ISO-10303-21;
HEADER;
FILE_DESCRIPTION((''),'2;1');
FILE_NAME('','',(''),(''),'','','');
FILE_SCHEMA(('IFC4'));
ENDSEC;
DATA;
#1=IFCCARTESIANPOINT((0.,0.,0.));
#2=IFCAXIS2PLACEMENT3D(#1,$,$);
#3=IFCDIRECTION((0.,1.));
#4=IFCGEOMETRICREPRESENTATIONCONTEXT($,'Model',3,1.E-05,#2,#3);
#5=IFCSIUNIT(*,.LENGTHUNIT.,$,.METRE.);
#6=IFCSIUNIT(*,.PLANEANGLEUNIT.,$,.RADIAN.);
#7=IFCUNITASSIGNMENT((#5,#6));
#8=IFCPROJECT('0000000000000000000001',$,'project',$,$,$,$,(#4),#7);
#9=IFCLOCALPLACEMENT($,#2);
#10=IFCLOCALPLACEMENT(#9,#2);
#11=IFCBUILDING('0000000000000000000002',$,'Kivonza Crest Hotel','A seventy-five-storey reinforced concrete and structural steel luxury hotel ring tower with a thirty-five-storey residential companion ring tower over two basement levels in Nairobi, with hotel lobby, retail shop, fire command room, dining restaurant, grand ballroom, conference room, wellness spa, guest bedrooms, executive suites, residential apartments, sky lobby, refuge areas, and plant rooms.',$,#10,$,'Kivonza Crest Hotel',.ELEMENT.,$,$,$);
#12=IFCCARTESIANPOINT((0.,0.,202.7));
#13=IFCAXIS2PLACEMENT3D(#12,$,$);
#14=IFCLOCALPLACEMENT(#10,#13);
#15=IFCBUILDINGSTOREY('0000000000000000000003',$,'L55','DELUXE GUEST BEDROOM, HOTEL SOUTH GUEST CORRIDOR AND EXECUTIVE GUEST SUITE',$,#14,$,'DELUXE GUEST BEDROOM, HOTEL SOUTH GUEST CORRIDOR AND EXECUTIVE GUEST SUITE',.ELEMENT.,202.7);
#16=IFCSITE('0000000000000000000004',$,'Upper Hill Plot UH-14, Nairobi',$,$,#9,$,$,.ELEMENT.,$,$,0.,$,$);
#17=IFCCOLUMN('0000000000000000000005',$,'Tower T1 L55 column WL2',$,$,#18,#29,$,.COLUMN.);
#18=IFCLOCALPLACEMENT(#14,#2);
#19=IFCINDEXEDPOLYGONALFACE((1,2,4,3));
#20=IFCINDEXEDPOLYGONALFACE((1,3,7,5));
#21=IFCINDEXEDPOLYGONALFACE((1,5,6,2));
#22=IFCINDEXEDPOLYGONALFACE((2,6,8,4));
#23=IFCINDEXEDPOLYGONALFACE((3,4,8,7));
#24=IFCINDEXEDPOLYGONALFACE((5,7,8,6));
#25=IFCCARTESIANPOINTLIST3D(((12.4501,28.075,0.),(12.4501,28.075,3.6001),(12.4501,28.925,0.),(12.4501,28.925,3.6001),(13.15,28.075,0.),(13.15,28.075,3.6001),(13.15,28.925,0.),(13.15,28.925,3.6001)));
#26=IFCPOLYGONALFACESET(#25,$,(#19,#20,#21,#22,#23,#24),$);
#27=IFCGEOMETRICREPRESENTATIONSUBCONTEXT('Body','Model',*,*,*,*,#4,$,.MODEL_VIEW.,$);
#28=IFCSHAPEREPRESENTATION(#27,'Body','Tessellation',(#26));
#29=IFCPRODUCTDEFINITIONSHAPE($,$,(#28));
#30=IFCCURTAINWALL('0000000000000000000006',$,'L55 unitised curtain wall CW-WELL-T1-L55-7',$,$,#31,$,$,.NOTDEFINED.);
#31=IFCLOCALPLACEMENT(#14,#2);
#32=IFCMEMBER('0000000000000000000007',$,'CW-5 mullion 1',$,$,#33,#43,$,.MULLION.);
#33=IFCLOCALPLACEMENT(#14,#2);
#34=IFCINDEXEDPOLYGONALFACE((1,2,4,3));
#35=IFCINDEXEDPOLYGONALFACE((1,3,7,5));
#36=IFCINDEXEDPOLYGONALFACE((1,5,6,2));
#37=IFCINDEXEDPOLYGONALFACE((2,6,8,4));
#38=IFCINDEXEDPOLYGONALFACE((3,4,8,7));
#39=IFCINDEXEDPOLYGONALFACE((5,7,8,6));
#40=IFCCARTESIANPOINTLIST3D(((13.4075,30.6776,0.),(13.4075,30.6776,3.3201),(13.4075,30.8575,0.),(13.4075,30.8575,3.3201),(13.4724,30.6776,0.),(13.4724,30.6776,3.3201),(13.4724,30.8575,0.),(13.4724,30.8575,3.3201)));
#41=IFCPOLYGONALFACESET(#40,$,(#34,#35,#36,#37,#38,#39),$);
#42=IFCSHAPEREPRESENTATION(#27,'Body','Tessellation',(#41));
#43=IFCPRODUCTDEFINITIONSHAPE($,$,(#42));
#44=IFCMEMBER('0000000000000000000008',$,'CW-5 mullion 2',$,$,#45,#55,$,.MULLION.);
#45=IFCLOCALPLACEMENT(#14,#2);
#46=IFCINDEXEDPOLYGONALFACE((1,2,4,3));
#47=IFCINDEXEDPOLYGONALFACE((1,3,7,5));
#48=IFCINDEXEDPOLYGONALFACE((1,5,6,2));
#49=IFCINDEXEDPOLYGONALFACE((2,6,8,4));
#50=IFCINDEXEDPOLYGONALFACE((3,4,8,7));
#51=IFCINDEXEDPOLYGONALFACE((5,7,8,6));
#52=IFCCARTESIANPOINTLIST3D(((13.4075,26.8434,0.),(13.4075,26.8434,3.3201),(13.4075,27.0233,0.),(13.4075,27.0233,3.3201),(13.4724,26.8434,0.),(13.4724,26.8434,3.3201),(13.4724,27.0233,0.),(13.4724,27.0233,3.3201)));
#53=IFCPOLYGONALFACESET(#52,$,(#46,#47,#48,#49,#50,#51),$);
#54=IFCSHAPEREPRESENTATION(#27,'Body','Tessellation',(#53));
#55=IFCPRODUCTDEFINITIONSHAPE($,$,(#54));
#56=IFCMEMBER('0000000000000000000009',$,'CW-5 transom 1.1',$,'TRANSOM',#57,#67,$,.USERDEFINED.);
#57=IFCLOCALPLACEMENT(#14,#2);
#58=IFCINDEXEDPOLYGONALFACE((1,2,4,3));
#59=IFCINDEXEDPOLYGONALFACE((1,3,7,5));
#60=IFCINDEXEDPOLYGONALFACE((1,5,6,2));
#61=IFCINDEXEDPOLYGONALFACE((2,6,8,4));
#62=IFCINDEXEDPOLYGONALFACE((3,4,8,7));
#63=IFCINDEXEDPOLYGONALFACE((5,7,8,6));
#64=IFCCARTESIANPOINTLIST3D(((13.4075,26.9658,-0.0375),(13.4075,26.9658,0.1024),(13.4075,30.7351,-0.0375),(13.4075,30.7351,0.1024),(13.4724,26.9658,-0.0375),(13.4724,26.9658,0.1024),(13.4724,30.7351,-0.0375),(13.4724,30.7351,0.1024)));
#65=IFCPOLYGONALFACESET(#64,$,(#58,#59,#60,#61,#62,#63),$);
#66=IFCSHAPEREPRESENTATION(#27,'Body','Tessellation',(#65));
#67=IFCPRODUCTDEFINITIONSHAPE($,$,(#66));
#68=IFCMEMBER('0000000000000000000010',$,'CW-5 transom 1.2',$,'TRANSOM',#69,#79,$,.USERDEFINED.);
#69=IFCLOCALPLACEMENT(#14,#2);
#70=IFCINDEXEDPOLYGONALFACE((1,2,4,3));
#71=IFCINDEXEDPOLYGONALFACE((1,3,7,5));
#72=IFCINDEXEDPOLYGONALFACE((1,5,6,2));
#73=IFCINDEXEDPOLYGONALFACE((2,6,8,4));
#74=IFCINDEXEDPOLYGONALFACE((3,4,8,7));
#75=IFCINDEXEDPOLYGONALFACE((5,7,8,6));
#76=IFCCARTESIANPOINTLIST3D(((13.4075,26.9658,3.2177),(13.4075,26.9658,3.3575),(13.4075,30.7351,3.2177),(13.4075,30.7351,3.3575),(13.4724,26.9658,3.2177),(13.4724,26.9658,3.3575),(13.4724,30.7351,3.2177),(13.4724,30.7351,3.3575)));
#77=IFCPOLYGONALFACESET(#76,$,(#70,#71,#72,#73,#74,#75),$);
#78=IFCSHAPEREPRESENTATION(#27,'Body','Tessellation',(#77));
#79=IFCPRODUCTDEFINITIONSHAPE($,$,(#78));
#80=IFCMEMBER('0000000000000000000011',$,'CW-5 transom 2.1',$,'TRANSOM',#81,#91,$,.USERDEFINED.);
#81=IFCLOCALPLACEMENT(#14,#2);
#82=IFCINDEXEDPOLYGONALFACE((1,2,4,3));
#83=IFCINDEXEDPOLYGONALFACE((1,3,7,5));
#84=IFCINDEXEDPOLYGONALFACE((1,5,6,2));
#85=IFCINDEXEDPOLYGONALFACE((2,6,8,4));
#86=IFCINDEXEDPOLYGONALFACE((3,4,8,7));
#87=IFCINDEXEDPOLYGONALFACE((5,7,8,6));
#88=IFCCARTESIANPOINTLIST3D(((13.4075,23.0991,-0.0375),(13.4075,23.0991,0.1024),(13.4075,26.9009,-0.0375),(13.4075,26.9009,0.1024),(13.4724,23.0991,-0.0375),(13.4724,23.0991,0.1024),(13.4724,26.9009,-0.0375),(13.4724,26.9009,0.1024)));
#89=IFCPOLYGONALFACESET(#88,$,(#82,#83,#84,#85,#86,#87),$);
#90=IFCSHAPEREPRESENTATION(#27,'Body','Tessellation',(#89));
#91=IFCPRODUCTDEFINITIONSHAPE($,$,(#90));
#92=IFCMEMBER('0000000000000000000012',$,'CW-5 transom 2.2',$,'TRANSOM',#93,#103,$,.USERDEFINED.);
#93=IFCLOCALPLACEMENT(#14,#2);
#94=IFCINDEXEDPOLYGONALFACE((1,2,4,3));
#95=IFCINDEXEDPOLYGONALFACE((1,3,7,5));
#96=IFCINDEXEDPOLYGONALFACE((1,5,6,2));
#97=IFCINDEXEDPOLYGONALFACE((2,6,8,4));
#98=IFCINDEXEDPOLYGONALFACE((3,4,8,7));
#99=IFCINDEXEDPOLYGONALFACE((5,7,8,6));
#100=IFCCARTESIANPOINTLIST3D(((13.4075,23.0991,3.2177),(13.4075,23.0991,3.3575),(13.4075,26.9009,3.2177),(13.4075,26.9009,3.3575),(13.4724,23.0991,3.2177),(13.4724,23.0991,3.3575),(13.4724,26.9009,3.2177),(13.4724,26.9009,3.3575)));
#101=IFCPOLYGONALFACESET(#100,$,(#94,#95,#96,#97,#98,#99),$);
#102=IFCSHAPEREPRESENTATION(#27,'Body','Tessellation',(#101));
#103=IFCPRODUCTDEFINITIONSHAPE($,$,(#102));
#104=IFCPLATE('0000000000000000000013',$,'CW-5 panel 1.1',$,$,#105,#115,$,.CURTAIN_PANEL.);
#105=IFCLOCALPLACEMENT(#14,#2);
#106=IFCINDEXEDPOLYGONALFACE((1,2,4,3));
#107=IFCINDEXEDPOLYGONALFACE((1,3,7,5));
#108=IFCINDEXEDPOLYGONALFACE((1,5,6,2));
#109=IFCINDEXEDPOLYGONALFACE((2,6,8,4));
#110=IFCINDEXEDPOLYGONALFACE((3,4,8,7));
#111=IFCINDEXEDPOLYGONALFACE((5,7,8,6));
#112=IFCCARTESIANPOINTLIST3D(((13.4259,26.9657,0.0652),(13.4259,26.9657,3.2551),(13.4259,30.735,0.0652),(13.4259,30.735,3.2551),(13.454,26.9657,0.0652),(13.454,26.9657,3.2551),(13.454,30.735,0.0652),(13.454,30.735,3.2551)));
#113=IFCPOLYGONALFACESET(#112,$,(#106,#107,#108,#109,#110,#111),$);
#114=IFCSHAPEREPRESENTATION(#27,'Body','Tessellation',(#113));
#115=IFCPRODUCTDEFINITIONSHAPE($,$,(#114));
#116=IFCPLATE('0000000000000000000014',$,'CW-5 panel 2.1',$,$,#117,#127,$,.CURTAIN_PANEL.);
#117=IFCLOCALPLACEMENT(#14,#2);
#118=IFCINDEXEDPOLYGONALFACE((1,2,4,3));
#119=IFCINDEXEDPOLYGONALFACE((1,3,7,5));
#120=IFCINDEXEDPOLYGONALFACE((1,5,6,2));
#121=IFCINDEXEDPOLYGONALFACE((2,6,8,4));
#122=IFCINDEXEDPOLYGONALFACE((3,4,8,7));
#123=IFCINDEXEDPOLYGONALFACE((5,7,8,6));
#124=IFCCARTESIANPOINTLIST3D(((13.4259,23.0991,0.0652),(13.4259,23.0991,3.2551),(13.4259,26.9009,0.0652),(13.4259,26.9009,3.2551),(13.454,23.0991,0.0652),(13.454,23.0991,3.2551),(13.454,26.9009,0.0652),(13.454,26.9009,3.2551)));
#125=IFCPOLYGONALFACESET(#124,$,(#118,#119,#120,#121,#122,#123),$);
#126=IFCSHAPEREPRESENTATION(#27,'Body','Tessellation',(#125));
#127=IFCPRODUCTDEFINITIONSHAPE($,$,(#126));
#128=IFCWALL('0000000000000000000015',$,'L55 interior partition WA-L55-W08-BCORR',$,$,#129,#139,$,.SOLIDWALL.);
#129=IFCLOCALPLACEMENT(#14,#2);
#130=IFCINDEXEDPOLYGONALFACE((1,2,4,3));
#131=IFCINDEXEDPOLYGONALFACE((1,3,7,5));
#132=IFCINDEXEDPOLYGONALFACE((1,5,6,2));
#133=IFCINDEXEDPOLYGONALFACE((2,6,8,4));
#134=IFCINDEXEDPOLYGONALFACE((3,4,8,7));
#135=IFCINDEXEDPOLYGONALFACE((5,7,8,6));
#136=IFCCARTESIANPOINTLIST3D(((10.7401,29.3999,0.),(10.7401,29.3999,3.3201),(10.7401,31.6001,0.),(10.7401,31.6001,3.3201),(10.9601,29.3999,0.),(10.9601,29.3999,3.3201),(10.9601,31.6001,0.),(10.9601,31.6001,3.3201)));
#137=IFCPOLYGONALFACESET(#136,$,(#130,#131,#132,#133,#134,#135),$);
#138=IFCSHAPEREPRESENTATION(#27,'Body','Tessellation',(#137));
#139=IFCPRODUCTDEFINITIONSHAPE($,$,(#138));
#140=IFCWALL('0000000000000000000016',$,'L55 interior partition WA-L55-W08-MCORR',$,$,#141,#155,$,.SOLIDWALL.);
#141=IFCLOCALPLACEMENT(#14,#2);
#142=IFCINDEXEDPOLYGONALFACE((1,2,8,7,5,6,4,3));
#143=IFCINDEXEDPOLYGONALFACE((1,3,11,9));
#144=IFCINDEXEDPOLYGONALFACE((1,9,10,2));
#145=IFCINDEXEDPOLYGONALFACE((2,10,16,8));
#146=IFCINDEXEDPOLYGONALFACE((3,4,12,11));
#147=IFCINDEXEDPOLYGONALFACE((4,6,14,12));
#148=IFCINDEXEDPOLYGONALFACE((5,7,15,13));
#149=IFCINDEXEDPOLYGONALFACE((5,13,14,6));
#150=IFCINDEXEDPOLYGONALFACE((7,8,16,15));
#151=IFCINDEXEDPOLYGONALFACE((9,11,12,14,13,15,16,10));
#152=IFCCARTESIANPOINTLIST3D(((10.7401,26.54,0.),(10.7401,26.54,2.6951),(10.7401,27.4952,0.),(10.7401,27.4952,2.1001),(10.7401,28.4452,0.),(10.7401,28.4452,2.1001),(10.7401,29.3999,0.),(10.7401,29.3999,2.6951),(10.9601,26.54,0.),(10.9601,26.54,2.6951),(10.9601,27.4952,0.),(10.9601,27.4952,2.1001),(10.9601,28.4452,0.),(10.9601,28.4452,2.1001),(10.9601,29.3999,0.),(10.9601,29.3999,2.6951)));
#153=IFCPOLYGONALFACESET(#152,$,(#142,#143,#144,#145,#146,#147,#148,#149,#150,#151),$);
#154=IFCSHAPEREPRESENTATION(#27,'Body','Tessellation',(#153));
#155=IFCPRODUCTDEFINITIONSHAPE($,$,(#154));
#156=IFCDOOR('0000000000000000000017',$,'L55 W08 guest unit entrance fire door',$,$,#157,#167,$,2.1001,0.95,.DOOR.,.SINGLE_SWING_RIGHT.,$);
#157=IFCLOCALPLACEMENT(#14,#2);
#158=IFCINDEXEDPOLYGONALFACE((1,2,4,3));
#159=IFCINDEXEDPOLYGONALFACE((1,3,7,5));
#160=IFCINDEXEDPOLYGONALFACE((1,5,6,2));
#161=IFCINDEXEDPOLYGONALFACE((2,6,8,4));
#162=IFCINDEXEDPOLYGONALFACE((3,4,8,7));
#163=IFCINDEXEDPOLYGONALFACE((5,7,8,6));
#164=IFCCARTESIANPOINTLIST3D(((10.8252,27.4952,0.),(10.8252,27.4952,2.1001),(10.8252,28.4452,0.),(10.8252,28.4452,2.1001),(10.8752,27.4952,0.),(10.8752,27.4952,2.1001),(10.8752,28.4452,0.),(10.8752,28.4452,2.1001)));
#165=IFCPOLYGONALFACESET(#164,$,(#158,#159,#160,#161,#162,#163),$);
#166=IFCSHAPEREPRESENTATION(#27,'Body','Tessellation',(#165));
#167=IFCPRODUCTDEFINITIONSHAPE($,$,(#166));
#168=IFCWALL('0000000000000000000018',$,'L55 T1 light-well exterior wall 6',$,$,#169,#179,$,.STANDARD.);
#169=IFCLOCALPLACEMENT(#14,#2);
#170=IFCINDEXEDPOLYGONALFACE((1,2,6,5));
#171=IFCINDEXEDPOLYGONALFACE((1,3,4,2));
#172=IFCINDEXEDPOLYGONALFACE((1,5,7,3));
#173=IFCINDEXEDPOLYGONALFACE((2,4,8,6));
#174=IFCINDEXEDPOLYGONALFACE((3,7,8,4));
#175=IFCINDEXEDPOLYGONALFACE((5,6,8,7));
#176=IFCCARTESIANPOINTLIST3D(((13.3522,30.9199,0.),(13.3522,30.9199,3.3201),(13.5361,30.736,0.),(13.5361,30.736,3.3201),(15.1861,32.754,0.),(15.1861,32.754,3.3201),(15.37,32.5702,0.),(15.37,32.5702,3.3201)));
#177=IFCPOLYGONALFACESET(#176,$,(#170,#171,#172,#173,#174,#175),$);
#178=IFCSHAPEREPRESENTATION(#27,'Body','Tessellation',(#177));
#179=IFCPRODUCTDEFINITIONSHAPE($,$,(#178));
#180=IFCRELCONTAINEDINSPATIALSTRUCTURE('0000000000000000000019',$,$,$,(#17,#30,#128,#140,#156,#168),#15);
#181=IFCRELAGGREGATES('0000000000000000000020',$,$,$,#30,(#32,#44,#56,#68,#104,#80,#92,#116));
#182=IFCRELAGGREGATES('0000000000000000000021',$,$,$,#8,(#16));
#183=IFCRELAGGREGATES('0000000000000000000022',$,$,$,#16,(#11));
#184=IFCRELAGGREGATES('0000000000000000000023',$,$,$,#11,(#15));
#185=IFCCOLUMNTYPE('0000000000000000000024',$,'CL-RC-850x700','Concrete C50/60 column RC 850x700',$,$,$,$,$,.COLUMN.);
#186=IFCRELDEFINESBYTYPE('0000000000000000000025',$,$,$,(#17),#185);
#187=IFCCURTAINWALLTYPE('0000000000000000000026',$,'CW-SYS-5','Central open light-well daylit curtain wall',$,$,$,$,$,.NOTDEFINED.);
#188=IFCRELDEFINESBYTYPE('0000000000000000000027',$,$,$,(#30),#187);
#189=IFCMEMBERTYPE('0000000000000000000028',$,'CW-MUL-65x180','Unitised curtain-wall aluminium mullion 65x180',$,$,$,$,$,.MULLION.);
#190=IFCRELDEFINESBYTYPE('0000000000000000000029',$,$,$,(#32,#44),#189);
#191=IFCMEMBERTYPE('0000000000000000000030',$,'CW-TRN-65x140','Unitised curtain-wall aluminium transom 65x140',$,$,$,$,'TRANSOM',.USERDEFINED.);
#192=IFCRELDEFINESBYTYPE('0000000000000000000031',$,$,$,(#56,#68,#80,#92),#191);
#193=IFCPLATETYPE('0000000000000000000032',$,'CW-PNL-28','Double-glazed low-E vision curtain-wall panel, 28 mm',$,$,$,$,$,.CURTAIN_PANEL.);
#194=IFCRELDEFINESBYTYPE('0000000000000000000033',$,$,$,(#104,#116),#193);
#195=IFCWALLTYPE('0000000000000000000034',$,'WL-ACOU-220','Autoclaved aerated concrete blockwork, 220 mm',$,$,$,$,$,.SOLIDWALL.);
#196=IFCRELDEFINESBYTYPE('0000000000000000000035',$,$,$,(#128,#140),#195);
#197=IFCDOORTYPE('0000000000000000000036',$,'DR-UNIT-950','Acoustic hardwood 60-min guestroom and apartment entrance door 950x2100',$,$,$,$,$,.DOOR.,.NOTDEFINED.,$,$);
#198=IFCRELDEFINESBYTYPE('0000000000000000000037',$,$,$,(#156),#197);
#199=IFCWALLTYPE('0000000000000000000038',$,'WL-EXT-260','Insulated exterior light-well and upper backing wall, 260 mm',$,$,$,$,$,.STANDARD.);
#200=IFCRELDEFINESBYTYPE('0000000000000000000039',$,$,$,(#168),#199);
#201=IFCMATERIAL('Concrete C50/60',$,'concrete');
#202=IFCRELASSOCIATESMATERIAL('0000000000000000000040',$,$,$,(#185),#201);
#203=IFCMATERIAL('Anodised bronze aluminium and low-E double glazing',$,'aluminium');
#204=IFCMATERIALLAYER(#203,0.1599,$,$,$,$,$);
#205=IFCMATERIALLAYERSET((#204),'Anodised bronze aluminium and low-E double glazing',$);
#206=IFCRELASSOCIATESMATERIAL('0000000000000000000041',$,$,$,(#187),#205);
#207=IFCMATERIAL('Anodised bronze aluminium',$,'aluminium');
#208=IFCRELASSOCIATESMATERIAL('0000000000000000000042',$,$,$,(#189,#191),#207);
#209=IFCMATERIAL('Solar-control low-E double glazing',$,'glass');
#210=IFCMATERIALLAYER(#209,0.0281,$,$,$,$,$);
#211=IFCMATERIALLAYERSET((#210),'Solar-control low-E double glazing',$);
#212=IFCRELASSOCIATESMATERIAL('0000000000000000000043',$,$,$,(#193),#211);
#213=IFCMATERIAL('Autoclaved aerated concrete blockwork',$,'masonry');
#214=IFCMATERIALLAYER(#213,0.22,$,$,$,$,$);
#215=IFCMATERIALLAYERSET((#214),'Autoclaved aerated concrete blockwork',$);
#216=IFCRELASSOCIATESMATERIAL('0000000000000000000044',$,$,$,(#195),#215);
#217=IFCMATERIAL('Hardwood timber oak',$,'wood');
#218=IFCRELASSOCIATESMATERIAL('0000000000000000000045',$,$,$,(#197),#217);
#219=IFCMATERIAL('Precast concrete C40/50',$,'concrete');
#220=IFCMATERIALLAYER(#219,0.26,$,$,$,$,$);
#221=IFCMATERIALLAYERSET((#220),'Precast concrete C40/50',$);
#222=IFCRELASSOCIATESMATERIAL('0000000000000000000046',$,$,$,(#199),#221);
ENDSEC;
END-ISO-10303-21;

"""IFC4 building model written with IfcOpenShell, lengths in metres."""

from ifc_helpers import new_model, si_unit, direction, frame, frame_2d, origin, origin_2d, place, context, subcontext, project, spatial, rectangle, extrude, material, layer, layer_set, material_profile, profile_set, type_object, element, fill, aggregate, save


model = new_model("IFC4")

# Units and contexts
model_context = context("Model", 3, precision=1e-05, world=origin(), true_north=direction((0.0, 1.0)))
body_context = subcontext(model_context, "Body", "Model", "MODEL_VIEW")
ifc_project = project(units=[si_unit("LENGTHUNIT", "METRE"), si_unit("PLANEANGLEUNIT", "RADIAN")], contexts=[model_context])

# Site, building, storey
site_placement = place(None, origin())
site = spatial("IfcSite", under=ifc_project, at=site_placement, Name="Upper Hill Plot UH-14, Nairobi", CompositionType="ELEMENT", RefElevation=0.0)
building_placement = place(site_placement, origin())
building = spatial("IfcBuilding", under=site, at=building_placement, Name="Kivonza Crest Hotel", Description="A seventy-five-storey reinforced concrete and structural steel luxury hotel ring tower with a thirty-five-storey residential companion ring tower over two basement levels in Nairobi, with hotel lobby, retail shop, fire command room, dining restaurant, grand ballroom, conference room, wellness spa, guest bedrooms, executive suites, residential apartments, sky lobby, refuge areas, and plant rooms.", LongName="Kivonza Crest Hotel", CompositionType="ELEMENT")
storey_placement = place(building_placement, frame((0.0, 0.0, 202.7)))
storey = spatial("IfcBuildingStorey", under=building, at=storey_placement, Name="L55", Description="DELUXE GUEST BEDROOM, HOTEL SOUTH GUEST CORRIDOR AND EXECUTIVE GUEST SUITE", LongName="DELUXE GUEST BEDROOM, HOTEL SOUTH GUEST CORRIDOR AND EXECUTIVE GUEST SUITE", CompositionType="ELEMENT", Elevation=202.7)

# Column
ifc_material_1 = material(Name="Concrete C50/60", Category="concrete")
ifc_material_profile_1 = material_profile(ifc_material_1, rectangle(XDim=0.7, YDim=0.8501, at=origin_2d()), Name="RC 850x700")
ifc_profile_set_1 = profile_set([ifc_material_profile_1], Name="Concrete C50/60")
column_type = type_object("IfcColumnType", Name="CL-RC-850x700", Description="Concrete C50/60 column RC 850x700", PredefinedType="COLUMN", material=ifc_profile_set_1)
column_placement = place(storey_placement, frame((12.8, 28.5, 0.0), z_axis=(0.0, 0.0, 1.0), x_axis=(1.0, 0.0, 0.0)))
element("IfcColumn", 1, at=column_placement, inside=storey, type_object=column_type, Name="Tower T1 L55 column WL2", PredefinedType="COLUMN", context=body_context, shape_type="SweptSolid", body=[
    extrude(rectangle(XDim=0.7, YDim=0.8501, at=origin_2d()), origin(), (0.0, 0.0, 1.0), 3.6001),
])

# Curtain wall, members, plates
ifc_material_2 = material(Name="Anodised bronze aluminium and low-E double glazing", Category="aluminium")
ifc_layer_1 = layer(ifc_material_2, 0.1599)
ifc_layer_set_1 = layer_set([ifc_layer_1], Name="Anodised bronze aluminium and low-E double glazing")
curtain_wall_type = type_object("IfcCurtainWallType", Name="CW-SYS-5", Description="Central open light-well daylit curtain wall", PredefinedType="NOTDEFINED", material=ifc_layer_set_1)
curtain_wall_placement = place(storey_placement, origin())
curtain_wall = element("IfcCurtainWall", 2, at=curtain_wall_placement, inside=storey, type_object=curtain_wall_type, Name="L55 unitised curtain wall CW-WELL-T1-L55-7", PredefinedType="NOTDEFINED")
ifc_material_3 = material(Name="Anodised bronze aluminium", Category="aluminium")
ifc_material_profile_2 = material_profile(ifc_material_3, rectangle(XDim=0.0649, YDim=0.1799, at=origin_2d()), Name="CW-M 65x180")
ifc_profile_set_2 = profile_set([ifc_material_profile_2], Name="Anodised bronze aluminium")
member_type_1 = type_object("IfcMemberType", Name="CW-MUL-65x180", Description="Unitised curtain-wall aluminium mullion 65x180", PredefinedType="MULLION", material=ifc_profile_set_2)
member_1_placement = place(storey_placement, frame((13.4399, 30.7676, 0.0), z_axis=(0.0, 0.0, 1.0), x_axis=(1.0, 0.0, 0.0)))
member_1 = element("IfcMember", 3, at=member_1_placement, type_object=member_type_1, Name="CW-5 mullion 1", PredefinedType="MULLION", context=body_context, shape_type="SweptSolid", body=[
    extrude(rectangle(XDim=0.0649, YDim=0.1799, at=origin_2d()), origin(), (0.0, 0.0, 1.0), 3.3201),
])
member_2_placement = place(storey_placement, frame((13.4399, 26.9333, 0.0), z_axis=(0.0, 0.0, 1.0), x_axis=(1.0, 0.0, 0.0)))
member_2 = element("IfcMember", 4, at=member_2_placement, type_object=member_type_1, Name="CW-5 mullion 2", PredefinedType="MULLION", context=body_context, shape_type="SweptSolid", body=[
    extrude(rectangle(XDim=0.0649, YDim=0.1799, at=origin_2d()), origin(), (0.0, 0.0, 1.0), 3.3201),
])
ifc_material_profile_3 = material_profile(ifc_material_3, rectangle(XDim=0.0649, YDim=0.1399, at=origin_2d()), Name="CW-T 65x140")
ifc_profile_set_3 = profile_set([ifc_material_profile_3], Name="Anodised bronze aluminium")
member_type_2 = type_object("IfcMemberType", Name="CW-TRN-65x140", Description="Unitised curtain-wall aluminium transom 65x140", ElementType="TRANSOM", PredefinedType="USERDEFINED", material=ifc_profile_set_3)
member_3_placement = place(storey_placement, frame((13.4399, 30.7351, 0.0325), z_axis=(0.0, -1.0, 0.0), x_axis=(1.0, 0.0, 0.0)))
member_3 = element("IfcMember", 5, at=member_3_placement, type_object=member_type_2, Name="CW-5 transom 1.1", ObjectType="TRANSOM", PredefinedType="USERDEFINED", context=body_context, shape_type="SweptSolid", body=[
    extrude(rectangle(XDim=0.0649, YDim=0.1399, at=origin_2d()), origin(), (0.0, 0.0, 1.0), 3.7693),
])
member_4_placement = place(storey_placement, frame((13.4399, 30.7351, 3.2876), z_axis=(0.0, -1.0, 0.0), x_axis=(1.0, 0.0, 0.0)))
member_4 = element("IfcMember", 6, at=member_4_placement, type_object=member_type_2, Name="CW-5 transom 1.2", ObjectType="TRANSOM", PredefinedType="USERDEFINED", context=body_context, shape_type="SweptSolid", body=[
    extrude(rectangle(XDim=0.0649, YDim=0.1399, at=origin_2d()), origin(), (0.0, 0.0, 1.0), 3.7693),
])
member_5_placement = place(storey_placement, frame((13.4399, 26.9009, 0.0325), z_axis=(0.0, -1.0, 0.0), x_axis=(1.0, 0.0, 0.0)))
member_5 = element("IfcMember", 7, at=member_5_placement, type_object=member_type_2, Name="CW-5 transom 2.1", ObjectType="TRANSOM", PredefinedType="USERDEFINED", context=body_context, shape_type="SweptSolid", body=[
    extrude(rectangle(XDim=0.0649, YDim=0.1399, at=origin_2d()), origin(), (0.0, 0.0, 1.0), 3.8018),
])
member_6_placement = place(storey_placement, frame((13.4399, 26.9009, 3.2876), z_axis=(0.0, -1.0, 0.0), x_axis=(1.0, 0.0, 0.0)))
member_6 = element("IfcMember", 8, at=member_6_placement, type_object=member_type_2, Name="CW-5 transom 2.2", ObjectType="TRANSOM", PredefinedType="USERDEFINED", context=body_context, shape_type="SweptSolid", body=[
    extrude(rectangle(XDim=0.0649, YDim=0.1399, at=origin_2d()), origin(), (0.0, 0.0, 1.0), 3.8018),
])
ifc_material_4 = material(Name="Solar-control low-E double glazing", Category="glass")
ifc_layer_2 = layer(ifc_material_4, 0.0281)
ifc_layer_set_2 = layer_set([ifc_layer_2], Name="Solar-control low-E double glazing")
plate_type = type_object("IfcPlateType", Name="CW-PNL-28", Description="Double-glazed low-E vision curtain-wall panel, 28 mm", PredefinedType="CURTAIN_PANEL", material=ifc_layer_set_2)
plate_1_placement = place(storey_placement, frame((13.4399, 28.8503, 0.0652), z_axis=(0.0, 0.0, 1.0), x_axis=(0.0, -1.0, 0.0)))
plate_1 = element("IfcPlate", 9, at=plate_1_placement, type_object=plate_type, Name="CW-5 panel 1.1", PredefinedType="CURTAIN_PANEL", context=body_context, shape_type="SweptSolid", body=[
    extrude(rectangle(XDim=3.7693, YDim=0.0281, at=origin_2d()), origin(), (0.0, 0.0, 1.0), 3.1899),
])
plate_2_placement = place(storey_placement, frame((13.4399, 25.0, 0.0652), z_axis=(0.0, 0.0, 1.0), x_axis=(0.0, -1.0, 0.0)))
plate_2 = element("IfcPlate", 10, at=plate_2_placement, type_object=plate_type, Name="CW-5 panel 2.1", PredefinedType="CURTAIN_PANEL", context=body_context, shape_type="SweptSolid", body=[
    extrude(rectangle(XDim=3.8018, YDim=0.0281, at=origin_2d()), origin(), (0.0, 0.0, 1.0), 3.1899),
])
aggregate(curtain_wall, [member_1, member_2, member_3, member_4, plate_1, member_5, member_6, plate_2])

# Wall
ifc_material_5 = material(Name="Autoclaved aerated concrete blockwork", Category="masonry")
ifc_layer_3 = layer(ifc_material_5, 0.22)
ifc_layer_set_3 = layer_set([ifc_layer_3], Name="Autoclaved aerated concrete blockwork")
wall_type_1 = type_object("IfcWallType", Name="WL-ACOU-220", Description="Autoclaved aerated concrete blockwork, 220 mm", PredefinedType="SOLIDWALL", material=ifc_layer_set_3)
wall_1_placement = place(storey_placement, frame((10.8501, 29.3999, 0.0), z_axis=(0.0, 0.0, 1.0), x_axis=(0.0, 1.0, 0.0)))
element("IfcWall", 11, at=wall_1_placement, inside=storey, type_object=wall_type_1, Name="L55 interior partition WA-L55-W08-BCORR", PredefinedType="SOLIDWALL", context=body_context, shape_type="SweptSolid", body=[
    extrude(rectangle(XDim=2.2002, YDim=0.22, at=frame_2d((1.1001, 0.0))), origin(), (0.0, 0.0, 1.0), 3.3201),
])

# Wall, opening, door
wall_2_placement = place(storey_placement, frame((10.8501, 26.54, 0.0), z_axis=(0.0, 0.0, 1.0), x_axis=(0.0, 1.0, 0.0)))
wall_2 = element("IfcWall", 12, at=wall_2_placement, inside=storey, type_object=wall_type_1, Name="L55 interior partition WA-L55-W08-MCORR", PredefinedType="SOLIDWALL", context=body_context, shape_type="SweptSolid", body=[
    extrude(rectangle(XDim=2.8599, YDim=0.22, at=frame_2d((1.4299, 0.0))), origin(), (0.0, 0.0, 1.0), 2.6951),
])
opening_1_placement = place(wall_2_placement, frame((0.9551, 0.0, 0.0)))
opening_1 = element("IfcOpeningElement", 13, at=opening_1_placement, cuts=wall_2, PredefinedType="OPENING", context=body_context, shape_type="SweptSolid", body=[
    extrude(rectangle(XDim=0.95, YDim=2.1001, at=frame_2d((0.4751, 1.05))), frame((0.0, 0.1201, 0.0), z_axis=(0.0, -1.0, 0.0), x_axis=(1.0, 0.0, 0.0)), (0.0, 0.0, 1.0), 0.24),
])
ifc_material_6 = material(Name="Hardwood timber oak", Category="wood")
door_type_1 = type_object("IfcDoorType", Name="DR-UNIT-950", Description="Acoustic hardwood 60-min guestroom and apartment entrance door 950x2100", OperationType="NOTDEFINED", PredefinedType="DOOR", material=ifc_material_6)
door_1_placement = place(opening_1_placement, origin())
door_1 = element("IfcDoor", 14, at=door_1_placement, inside=storey, type_object=door_type_1, Name="L55 W08 guest unit entrance fire door", OperationType="SINGLE_SWING_RIGHT", OverallHeight=2.1001, OverallWidth=0.95, PredefinedType="DOOR", context=body_context, shape_type="SweptSolid", body=[
    extrude(rectangle(XDim=0.95, YDim=2.1001, at=frame_2d((0.4751, 1.05))), frame((0.0, 0.0249, 0.0), z_axis=(0.0, -1.0, 0.0), x_axis=(1.0, 0.0, 0.0)), (0.0, 0.0, 1.0), 0.05),
])
fill(opening_1, door_1)

# Wall
ifc_material_7 = material(Name="Precast concrete C40/50", Category="concrete")
ifc_layer_4 = layer(ifc_material_7, 0.26)
ifc_layer_set_4 = layer_set([ifc_layer_4], Name="Precast concrete C40/50")
wall_type_2 = type_object("IfcWallType", Name="WL-EXT-260", Description="Insulated exterior light-well and upper backing wall, 260 mm", PredefinedType="STANDARD", material=ifc_layer_set_4)
wall_3_placement = place(storey_placement, frame((15.2781, 32.6621, 0.0), z_axis=(0.0, 0.0, 1.0), x_axis=(-0.70706, -0.707154, 0.0)))
element("IfcWall", 15, at=wall_3_placement, inside=storey, type_object=wall_type_2, Name="L55 T1 light-well exterior wall 6", PredefinedType="STANDARD", context=body_context, shape_type="SweptSolid", body=[
    extrude(rectangle(XDim=2.5938, YDim=0.26, at=frame_2d((1.2969, 0.0))), origin(), (0.0, 0.0, 1.0), 3.3201),
])

save(model, "model.ifc")
